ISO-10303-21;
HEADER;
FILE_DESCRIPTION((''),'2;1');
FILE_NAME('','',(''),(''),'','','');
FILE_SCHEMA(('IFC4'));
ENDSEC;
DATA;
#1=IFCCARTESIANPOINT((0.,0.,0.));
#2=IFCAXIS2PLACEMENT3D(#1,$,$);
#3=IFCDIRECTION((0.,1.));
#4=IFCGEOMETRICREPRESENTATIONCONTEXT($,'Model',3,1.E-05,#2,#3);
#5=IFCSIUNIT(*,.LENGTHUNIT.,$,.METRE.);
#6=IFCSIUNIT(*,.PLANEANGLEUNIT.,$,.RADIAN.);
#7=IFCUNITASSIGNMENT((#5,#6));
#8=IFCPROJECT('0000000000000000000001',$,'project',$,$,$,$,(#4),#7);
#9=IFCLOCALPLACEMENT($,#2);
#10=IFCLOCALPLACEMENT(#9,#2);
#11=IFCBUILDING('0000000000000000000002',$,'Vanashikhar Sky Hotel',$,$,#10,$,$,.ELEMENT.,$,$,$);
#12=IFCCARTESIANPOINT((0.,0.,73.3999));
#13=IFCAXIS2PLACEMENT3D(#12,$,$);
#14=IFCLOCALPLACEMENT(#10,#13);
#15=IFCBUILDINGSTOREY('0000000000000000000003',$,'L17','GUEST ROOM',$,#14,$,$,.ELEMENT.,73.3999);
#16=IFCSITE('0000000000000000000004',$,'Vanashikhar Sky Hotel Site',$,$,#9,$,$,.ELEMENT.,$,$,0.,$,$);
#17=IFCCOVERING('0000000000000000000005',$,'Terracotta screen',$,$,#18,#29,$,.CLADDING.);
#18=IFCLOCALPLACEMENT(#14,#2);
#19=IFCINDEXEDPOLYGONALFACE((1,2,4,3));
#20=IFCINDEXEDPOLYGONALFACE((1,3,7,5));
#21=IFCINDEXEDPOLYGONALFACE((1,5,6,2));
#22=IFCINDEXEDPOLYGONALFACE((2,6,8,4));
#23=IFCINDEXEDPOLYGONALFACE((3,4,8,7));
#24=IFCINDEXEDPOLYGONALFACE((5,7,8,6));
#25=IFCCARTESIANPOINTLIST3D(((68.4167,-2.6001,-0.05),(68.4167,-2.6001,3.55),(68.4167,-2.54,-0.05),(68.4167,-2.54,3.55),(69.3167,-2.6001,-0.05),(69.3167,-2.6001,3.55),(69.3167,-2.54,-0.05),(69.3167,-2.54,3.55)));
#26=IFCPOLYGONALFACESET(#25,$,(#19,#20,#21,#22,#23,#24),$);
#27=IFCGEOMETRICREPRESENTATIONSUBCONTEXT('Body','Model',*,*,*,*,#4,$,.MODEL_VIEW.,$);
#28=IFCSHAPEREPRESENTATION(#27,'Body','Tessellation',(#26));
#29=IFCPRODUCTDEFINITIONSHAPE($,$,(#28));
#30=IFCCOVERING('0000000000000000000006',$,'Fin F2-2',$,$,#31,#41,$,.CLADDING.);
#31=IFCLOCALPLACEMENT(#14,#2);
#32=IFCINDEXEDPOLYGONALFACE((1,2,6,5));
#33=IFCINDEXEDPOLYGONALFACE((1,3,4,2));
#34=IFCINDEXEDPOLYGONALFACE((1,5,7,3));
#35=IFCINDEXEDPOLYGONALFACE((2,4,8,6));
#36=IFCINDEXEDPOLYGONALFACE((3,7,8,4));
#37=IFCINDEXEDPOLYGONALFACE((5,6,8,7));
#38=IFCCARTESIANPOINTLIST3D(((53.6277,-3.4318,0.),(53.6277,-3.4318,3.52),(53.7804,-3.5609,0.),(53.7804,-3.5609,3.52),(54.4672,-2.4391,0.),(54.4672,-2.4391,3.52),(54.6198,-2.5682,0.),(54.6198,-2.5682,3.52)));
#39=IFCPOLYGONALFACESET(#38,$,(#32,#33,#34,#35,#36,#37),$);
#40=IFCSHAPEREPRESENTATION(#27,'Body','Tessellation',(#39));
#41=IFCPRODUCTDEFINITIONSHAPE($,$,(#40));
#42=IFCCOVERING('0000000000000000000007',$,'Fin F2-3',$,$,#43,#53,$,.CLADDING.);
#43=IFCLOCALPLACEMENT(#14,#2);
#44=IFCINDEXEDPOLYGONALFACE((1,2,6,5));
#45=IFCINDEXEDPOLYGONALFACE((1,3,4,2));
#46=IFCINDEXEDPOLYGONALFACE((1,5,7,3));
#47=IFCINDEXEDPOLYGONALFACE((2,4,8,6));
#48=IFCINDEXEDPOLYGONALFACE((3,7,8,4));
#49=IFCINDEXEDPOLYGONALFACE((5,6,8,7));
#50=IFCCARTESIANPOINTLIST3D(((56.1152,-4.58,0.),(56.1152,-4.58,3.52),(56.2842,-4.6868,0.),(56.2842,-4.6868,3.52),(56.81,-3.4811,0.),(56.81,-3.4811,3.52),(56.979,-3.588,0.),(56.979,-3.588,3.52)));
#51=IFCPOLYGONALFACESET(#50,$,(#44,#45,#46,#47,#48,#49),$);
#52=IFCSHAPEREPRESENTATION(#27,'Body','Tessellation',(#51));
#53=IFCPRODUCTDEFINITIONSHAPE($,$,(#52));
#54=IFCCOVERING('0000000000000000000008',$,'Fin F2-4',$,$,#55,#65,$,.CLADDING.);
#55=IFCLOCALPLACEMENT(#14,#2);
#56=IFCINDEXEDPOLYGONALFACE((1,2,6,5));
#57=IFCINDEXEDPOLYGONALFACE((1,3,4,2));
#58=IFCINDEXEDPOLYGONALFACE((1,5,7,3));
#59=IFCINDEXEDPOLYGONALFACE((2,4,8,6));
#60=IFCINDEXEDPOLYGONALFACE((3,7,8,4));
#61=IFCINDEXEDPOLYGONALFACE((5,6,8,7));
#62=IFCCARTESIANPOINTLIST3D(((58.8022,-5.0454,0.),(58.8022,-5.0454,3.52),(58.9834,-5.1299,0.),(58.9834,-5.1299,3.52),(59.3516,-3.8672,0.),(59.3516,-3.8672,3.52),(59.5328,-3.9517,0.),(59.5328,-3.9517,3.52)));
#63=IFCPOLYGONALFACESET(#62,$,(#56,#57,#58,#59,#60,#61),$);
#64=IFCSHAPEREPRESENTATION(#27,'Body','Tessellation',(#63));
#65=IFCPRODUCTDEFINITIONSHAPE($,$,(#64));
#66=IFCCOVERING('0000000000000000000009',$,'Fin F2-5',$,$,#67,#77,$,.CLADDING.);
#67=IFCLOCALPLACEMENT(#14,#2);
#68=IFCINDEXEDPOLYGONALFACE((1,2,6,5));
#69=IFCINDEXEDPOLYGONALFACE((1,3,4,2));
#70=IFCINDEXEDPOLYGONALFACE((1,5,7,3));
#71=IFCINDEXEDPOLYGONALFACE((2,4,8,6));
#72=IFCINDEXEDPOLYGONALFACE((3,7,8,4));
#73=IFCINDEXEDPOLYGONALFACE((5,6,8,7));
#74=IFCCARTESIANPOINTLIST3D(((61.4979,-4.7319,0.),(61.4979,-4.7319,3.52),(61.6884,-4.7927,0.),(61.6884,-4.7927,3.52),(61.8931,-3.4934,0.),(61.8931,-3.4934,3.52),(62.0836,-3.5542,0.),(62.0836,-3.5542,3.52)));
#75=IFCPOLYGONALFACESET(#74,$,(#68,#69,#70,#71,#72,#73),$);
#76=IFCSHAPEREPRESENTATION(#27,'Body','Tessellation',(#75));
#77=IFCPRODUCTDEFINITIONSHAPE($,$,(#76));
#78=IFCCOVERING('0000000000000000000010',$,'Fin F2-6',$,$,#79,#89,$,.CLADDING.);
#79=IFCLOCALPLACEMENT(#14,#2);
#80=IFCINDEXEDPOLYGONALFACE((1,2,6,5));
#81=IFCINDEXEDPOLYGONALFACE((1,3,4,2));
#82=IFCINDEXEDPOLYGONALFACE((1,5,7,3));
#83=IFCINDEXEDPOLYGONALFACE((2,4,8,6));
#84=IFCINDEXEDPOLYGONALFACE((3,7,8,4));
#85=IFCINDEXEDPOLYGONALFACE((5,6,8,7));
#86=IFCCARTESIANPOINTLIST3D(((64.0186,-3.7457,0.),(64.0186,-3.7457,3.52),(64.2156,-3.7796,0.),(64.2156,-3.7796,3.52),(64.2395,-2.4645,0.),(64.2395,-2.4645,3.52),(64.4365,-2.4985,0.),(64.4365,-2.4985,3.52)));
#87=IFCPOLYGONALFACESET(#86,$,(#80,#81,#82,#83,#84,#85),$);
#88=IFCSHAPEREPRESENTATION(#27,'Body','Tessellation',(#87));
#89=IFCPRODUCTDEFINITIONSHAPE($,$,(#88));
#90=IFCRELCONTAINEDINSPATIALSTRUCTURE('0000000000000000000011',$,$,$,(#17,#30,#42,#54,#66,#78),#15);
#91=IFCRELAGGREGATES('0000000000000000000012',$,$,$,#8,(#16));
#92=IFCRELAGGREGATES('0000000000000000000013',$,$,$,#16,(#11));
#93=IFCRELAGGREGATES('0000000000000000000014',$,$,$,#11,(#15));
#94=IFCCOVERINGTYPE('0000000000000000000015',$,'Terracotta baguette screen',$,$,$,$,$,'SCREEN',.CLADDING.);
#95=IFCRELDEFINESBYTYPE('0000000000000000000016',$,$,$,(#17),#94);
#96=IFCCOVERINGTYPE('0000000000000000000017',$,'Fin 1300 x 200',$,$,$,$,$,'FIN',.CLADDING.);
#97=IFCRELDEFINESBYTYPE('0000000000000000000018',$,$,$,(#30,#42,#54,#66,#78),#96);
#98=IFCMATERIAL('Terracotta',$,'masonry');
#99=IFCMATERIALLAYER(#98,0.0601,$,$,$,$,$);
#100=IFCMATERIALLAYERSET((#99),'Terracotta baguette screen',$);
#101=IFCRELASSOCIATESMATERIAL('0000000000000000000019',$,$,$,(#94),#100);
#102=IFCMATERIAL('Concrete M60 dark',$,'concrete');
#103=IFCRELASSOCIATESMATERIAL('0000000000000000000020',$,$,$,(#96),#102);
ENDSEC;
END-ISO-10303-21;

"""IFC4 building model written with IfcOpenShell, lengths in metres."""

from ifc_helpers import new_model, si_unit, direction, frame, origin, origin_2d, place, context, subcontext, project, spatial, rectangle, extrude, source, transform, mapped, material, layer, layer_set, material_profile, profile_set, type_object, element, save


model = new_model("IFC4")

# Units and contexts
model_context = context("Model", 3, precision=1e-05, world=origin(), true_north=direction((0.0, 1.0)))
body_context = subcontext(model_context, "Body", "Model", "MODEL_VIEW")
ifc_project = project(units=[si_unit("LENGTHUNIT", "METRE"), si_unit("PLANEANGLEUNIT", "RADIAN")], contexts=[model_context])

# Site, building, storey
site_placement = place(None, origin())
site = spatial("IfcSite", under=ifc_project, at=site_placement, Name="Vanashikhar Sky Hotel Site", CompositionType="ELEMENT", RefElevation=0.0)
building_placement = place(site_placement, origin())
building = spatial("IfcBuilding", under=site, at=building_placement, Name="Vanashikhar Sky Hotel", CompositionType="ELEMENT")
storey_placement = place(building_placement, frame((0.0, 0.0, 73.3999)))
storey = spatial("IfcBuildingStorey", under=building, at=storey_placement, Name="L17", Description="GUEST ROOM", CompositionType="ELEMENT", Elevation=73.3999)

# Coverings
ifc_material_1 = material(Name="Terracotta", Category="masonry")
ifc_layer_1 = layer(ifc_material_1, 0.0601)
ifc_layer_set_1 = layer_set([ifc_layer_1], Name="Terracotta baguette screen")
covering_type_1 = type_object("IfcCoveringType", Name="Terracotta baguette screen", ElementType="SCREEN", PredefinedType="CLADDING", material=ifc_layer_set_1)
shared_shape_1 = source(origin(), body_context, "Body", "SweptSolid", [
    extrude(rectangle(XDim=0.8999, YDim=0.0601, at=origin_2d()), origin(), (0.0, 0.0, 1.0), 3.6001),
])
covering_placement = place(storey_placement, frame((68.8667, -2.5701, -0.05), z_axis=(0.0, 0.0, 1.0), x_axis=(1.0, 0.0, 0.0)))
element("IfcCovering", 1, at=covering_placement, inside=storey, type_object=covering_type_1, Name="Terracotta screen", PredefinedType="CLADDING", context=body_context, shape_type="MappedRepresentation", body=[
    mapped(shared_shape_1, transform((0.0, 0.0, 0.0), scale=1.0)),
])
ifc_material_2 = material(Name="Concrete M60 dark", Category="concrete")
ifc_material_profile = material_profile(ifc_material_2, rectangle(XDim=1.3, YDim=0.2, at=origin_2d()))
ifc_profile_set = profile_set([ifc_material_profile], Name="Fin 1300 x 200")
covering_type_2 = type_object("IfcCoveringType", Name="Fin 1300 x 200", ElementType="FIN", PredefinedType="CLADDING", material=ifc_profile_set)
shared_shape_2 = source(origin(), body_context, "Body", "SweptSolid", [
    extrude(rectangle(XDim=1.3, YDim=0.2, at=origin_2d()), origin(), (0.0, 0.0, 1.0), 3.52),
])
for number, where, z_axis, x_axis, name in (
    (2, (54.1238, -3.0, 0.0), (0.0, 0.0, 1.0), (-0.645698, -0.763593, 0.0), "Fin F2-2"),
    (3, (56.5471, -4.084, 0.0), (0.0, 0.0, 1.0), (-0.534411, -0.845225, 0.0), "Fin F2-3"),
    (4, (59.1675, -4.4985, 0.0), (0.0, 0.0, 1.0), (-0.422618, -0.906308, 0.0), "Fin F2-4"),
    (5, (61.7908, -4.1431, 0.0), (0.0, 0.0, 1.0), (-0.303967, -0.952683, 0.0), "Fin F2-5"),
    (6, (64.2275, -3.1221, 0.0), (0.0, 0.0, 1.0), (-0.1699, -0.985461, 0.0), "Fin F2-6"),
):
    element("IfcCovering", number, at=place(storey_placement, frame(where, z_axis=z_axis, x_axis=x_axis)), inside=storey, type_object=covering_type_2, Name=name, PredefinedType="CLADDING", context=body_context, shape_type="MappedRepresentation", body=[
        mapped(shared_shape_2, transform((0.0, 0.0, 0.0), scale=1.0)),
    ])

save(model, "model.ifc")
